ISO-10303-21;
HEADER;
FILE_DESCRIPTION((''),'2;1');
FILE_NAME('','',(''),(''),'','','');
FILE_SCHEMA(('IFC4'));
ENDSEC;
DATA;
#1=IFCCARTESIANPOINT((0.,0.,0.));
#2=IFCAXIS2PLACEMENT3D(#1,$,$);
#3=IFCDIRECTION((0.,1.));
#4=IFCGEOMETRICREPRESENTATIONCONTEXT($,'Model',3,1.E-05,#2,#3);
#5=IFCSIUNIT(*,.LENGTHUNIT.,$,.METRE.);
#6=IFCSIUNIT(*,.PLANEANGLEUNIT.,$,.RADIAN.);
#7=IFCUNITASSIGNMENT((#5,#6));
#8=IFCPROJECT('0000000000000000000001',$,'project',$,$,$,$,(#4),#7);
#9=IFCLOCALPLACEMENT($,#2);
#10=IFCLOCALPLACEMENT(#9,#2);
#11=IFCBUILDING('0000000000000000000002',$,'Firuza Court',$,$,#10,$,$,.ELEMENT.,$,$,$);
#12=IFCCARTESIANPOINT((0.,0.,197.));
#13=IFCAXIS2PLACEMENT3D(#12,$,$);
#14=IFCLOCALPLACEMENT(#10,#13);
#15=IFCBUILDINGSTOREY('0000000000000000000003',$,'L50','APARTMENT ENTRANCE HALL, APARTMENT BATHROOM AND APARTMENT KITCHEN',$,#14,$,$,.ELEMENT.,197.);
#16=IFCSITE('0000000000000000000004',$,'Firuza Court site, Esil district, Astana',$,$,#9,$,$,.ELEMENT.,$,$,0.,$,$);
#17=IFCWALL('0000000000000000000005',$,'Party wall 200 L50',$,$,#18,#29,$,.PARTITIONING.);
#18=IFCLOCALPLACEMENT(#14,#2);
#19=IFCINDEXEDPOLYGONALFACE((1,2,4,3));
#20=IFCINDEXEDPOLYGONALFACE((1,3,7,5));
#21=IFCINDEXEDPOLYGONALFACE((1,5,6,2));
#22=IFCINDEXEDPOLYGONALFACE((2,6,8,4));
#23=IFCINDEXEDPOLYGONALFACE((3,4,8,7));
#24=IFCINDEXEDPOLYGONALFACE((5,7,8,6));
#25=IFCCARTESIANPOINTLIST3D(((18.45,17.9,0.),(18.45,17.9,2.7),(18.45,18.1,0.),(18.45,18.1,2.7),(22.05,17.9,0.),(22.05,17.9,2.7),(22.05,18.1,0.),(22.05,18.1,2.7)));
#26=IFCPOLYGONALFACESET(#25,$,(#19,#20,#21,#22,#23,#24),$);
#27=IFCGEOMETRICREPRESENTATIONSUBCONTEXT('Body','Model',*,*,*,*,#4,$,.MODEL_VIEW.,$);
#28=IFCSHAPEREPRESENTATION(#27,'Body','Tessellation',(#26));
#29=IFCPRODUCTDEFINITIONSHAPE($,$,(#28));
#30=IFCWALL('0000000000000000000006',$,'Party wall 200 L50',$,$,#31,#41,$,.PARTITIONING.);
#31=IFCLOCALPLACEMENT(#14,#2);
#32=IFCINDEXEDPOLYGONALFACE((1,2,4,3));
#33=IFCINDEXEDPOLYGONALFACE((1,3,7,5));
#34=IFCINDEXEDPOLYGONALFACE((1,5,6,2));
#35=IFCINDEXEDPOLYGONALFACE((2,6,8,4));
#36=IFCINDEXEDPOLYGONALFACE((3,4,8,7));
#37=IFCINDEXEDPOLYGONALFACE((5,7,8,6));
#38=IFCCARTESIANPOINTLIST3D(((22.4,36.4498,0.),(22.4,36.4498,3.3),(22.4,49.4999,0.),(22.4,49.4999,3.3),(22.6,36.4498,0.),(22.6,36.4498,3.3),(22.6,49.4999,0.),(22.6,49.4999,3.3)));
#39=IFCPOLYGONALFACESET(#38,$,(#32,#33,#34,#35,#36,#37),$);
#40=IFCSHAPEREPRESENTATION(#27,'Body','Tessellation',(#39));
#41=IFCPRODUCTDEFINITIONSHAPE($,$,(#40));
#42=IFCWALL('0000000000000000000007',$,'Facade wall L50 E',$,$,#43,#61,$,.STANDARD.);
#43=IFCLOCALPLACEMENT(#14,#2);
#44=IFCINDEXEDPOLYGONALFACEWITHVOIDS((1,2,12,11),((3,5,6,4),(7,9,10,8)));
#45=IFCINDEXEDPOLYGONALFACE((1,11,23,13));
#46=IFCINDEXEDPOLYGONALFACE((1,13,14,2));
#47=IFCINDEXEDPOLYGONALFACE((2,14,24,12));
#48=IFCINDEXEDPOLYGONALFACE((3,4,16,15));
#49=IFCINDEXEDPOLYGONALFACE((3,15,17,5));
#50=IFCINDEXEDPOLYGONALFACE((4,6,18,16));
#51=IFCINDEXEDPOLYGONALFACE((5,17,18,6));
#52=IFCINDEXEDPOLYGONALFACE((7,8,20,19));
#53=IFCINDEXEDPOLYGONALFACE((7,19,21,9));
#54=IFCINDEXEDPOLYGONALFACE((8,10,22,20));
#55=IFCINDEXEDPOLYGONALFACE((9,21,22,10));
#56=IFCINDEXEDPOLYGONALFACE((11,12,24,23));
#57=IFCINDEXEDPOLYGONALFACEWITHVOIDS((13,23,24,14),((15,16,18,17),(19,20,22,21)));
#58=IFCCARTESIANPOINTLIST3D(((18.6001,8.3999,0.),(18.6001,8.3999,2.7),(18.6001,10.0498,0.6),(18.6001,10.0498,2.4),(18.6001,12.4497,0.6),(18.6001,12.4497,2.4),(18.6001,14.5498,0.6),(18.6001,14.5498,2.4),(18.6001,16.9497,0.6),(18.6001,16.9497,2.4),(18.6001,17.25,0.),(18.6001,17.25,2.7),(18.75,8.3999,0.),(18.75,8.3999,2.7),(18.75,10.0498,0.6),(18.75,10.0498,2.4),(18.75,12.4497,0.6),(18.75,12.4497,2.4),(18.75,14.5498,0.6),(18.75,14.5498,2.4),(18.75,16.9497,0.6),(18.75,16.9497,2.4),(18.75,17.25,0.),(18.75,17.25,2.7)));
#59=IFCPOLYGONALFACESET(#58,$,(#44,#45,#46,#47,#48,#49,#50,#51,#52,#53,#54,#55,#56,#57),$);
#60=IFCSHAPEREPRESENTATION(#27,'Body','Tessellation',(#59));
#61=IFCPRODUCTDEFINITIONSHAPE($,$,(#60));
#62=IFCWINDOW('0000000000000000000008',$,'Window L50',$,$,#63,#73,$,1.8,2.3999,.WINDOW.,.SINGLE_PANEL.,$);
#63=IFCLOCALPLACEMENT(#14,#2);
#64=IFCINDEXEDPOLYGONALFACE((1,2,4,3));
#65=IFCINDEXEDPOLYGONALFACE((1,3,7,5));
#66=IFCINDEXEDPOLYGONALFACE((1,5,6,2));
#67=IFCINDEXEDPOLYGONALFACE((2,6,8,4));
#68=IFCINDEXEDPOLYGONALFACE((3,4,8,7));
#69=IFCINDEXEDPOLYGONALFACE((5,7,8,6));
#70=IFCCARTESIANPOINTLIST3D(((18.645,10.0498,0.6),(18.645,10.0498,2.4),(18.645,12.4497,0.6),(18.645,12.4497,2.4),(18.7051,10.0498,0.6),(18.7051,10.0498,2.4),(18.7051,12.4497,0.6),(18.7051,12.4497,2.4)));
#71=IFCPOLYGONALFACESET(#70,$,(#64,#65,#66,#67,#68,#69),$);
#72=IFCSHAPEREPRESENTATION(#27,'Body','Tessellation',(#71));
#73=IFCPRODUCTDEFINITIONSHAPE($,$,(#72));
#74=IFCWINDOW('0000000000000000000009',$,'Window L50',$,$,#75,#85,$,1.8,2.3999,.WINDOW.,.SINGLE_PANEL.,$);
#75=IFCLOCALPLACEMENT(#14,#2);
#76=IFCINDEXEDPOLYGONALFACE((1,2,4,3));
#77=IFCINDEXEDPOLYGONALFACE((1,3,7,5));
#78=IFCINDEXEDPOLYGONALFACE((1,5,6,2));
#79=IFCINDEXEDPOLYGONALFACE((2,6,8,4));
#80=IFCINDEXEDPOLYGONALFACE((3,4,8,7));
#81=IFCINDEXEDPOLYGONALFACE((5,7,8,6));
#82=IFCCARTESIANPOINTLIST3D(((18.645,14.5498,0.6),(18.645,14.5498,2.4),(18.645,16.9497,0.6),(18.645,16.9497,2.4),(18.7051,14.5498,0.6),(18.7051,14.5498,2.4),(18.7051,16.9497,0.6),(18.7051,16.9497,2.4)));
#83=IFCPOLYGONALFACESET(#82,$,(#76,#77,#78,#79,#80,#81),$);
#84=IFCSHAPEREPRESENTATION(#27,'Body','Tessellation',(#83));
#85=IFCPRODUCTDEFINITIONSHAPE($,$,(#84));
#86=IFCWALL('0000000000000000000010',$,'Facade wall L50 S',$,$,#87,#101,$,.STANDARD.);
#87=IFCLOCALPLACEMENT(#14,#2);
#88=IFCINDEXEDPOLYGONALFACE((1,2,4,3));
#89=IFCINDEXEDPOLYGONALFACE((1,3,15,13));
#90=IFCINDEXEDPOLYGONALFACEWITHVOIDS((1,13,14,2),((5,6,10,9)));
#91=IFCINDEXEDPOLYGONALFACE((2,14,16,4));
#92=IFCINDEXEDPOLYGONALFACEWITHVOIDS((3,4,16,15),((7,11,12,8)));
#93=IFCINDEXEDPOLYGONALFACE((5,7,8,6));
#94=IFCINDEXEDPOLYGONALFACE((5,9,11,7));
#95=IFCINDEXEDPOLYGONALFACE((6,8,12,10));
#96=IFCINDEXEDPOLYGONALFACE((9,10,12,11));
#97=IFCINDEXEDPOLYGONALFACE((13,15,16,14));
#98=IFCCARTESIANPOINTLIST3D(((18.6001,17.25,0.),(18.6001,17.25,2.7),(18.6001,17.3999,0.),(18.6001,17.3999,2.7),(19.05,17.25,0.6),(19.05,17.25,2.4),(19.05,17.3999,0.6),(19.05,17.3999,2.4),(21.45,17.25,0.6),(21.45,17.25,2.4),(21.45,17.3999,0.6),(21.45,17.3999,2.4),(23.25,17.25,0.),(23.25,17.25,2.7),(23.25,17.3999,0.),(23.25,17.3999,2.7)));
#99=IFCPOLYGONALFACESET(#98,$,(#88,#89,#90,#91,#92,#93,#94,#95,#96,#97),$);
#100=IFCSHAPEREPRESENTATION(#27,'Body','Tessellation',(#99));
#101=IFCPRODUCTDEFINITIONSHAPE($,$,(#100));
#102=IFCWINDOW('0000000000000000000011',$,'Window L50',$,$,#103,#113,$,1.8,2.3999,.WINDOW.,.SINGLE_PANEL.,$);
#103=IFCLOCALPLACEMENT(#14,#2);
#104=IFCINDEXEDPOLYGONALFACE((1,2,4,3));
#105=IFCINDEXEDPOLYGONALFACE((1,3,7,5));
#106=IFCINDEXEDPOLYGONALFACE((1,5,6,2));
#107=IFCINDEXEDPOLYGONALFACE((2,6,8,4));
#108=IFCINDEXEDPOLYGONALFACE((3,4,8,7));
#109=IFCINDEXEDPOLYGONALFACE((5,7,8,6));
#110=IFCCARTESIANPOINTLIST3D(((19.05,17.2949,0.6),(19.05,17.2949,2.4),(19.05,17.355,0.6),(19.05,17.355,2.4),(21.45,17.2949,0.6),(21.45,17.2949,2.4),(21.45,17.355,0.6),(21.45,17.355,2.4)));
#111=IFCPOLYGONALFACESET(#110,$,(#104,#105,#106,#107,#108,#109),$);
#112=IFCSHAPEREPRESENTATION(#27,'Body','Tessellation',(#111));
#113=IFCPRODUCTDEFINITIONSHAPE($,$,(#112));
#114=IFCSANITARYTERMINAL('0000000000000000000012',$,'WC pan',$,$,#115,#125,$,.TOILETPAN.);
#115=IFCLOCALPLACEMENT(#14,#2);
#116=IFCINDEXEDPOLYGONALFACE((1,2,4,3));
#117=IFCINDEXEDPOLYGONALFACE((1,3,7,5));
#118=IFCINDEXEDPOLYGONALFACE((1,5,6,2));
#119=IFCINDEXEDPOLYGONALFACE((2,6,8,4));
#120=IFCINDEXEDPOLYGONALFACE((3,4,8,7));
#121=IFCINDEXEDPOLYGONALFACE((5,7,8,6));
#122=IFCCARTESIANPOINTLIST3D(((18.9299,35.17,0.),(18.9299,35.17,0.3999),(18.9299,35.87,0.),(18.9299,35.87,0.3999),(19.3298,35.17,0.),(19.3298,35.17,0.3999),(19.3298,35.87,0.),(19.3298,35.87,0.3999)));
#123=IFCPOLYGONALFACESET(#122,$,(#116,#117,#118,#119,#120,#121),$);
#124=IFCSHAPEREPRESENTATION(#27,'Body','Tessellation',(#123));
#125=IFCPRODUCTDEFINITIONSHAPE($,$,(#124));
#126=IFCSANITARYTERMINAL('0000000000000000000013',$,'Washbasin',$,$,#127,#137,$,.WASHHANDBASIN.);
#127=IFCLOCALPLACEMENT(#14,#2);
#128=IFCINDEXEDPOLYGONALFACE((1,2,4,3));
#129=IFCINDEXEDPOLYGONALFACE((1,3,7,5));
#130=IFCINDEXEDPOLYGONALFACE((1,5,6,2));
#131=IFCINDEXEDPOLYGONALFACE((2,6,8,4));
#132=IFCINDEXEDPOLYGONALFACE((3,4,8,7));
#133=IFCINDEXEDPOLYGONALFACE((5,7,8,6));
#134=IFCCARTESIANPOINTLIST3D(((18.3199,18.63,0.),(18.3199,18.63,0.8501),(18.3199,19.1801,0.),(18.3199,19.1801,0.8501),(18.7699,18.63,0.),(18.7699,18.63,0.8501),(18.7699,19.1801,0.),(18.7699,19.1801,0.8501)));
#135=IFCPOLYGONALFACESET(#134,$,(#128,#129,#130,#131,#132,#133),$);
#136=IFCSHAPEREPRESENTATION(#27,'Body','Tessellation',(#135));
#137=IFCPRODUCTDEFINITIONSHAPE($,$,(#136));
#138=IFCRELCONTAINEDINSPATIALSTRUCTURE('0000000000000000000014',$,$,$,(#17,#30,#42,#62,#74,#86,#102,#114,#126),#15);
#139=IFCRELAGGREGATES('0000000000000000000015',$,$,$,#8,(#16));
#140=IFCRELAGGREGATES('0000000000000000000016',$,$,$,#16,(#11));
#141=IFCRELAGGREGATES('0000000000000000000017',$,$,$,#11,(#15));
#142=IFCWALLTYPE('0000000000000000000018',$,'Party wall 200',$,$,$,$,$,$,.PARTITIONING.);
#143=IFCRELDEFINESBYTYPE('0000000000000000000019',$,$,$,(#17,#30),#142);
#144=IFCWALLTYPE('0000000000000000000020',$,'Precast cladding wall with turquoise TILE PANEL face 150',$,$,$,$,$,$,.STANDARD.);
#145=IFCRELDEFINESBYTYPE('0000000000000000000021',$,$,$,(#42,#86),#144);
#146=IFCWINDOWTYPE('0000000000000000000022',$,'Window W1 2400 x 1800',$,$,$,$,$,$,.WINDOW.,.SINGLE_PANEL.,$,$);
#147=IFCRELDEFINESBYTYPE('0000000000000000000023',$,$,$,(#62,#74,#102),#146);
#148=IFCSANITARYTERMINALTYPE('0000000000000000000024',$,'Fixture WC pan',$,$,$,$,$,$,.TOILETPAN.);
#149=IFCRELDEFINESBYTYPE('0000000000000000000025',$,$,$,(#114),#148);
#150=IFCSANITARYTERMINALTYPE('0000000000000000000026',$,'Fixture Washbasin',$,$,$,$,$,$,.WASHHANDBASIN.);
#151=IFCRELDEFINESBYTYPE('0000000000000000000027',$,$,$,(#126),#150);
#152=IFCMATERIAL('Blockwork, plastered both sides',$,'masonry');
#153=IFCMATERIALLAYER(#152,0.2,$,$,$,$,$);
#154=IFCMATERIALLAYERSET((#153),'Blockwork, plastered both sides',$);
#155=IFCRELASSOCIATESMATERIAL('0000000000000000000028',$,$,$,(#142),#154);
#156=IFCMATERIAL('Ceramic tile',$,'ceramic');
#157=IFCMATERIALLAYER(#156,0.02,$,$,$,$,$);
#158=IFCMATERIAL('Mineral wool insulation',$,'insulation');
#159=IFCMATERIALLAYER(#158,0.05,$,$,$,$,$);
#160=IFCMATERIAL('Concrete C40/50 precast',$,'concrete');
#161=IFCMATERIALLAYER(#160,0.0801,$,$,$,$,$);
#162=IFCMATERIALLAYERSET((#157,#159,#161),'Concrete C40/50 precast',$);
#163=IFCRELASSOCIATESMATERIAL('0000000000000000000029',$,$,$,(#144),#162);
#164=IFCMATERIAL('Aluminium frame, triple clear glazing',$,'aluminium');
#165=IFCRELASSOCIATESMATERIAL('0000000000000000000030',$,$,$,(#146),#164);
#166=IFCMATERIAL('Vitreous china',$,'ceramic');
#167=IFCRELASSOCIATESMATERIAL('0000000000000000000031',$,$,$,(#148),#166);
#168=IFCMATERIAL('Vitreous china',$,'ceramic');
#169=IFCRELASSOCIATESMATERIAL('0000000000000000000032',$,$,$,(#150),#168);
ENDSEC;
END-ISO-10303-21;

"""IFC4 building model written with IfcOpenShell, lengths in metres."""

from ifc_helpers import new_model, si_unit, direction, frame, frame_2d, origin, origin_2d, place, context, subcontext, project, spatial, rectangle, extrude, material, layer, layer_set, type_object, element, fill, save


model = new_model("IFC4")

# Units and contexts
model_context = context("Model", 3, precision=1e-05, world=origin(), true_north=direction((0.0, 1.0)))
body_context = subcontext(model_context, "Body", "Model", "MODEL_VIEW")
ifc_project = project(units=[si_unit("LENGTHUNIT", "METRE"), si_unit("PLANEANGLEUNIT", "RADIAN")], contexts=[model_context])

# Site, building, storey
site_placement = place(None, origin())
site = spatial("IfcSite", under=ifc_project, at=site_placement, Name="Firuza Court site, Esil district, Astana", CompositionType="ELEMENT", RefElevation=0.0)
building_placement = place(site_placement, origin())
building = spatial("IfcBuilding", under=site, at=building_placement, Name="Firuza Court", CompositionType="ELEMENT")
storey_placement = place(building_placement, frame((0.0, 0.0, 197.0)))
storey = spatial("IfcBuildingStorey", under=building, at=storey_placement, Name="L50", Description="APARTMENT ENTRANCE HALL, APARTMENT BATHROOM AND APARTMENT KITCHEN", CompositionType="ELEMENT", Elevation=197.0)

# Walls
ifc_material_1 = material(Name="Blockwork, plastered both sides", Category="masonry")
ifc_layer_1 = layer(ifc_material_1, 0.2)
ifc_layer_set_1 = layer_set([ifc_layer_1], Name="Blockwork, plastered both sides")
wall_type_1 = type_object("IfcWallType", Name="Party wall 200", PredefinedType="PARTITIONING", material=ifc_layer_set_1)
wall_1_placement = place(storey_placement, frame((18.45, 18.0, 0.0), z_axis=(0.0, 0.0, 1.0), x_axis=(1.0, 0.0, 0.0)))
element("IfcWall", 1, at=wall_1_placement, inside=storey, type_object=wall_type_1, Name="Party wall 200 L50", PredefinedType="PARTITIONING", context=body_context, shape_type="SweptSolid", body=[
    extrude(rectangle(XDim=3.6001, YDim=0.2, at=frame_2d((1.8, 0.0))), origin(), (0.0, 0.0, 1.0), 2.7),
])
wall_2_placement = place(storey_placement, frame((22.5, 36.45, 0.0), z_axis=(0.0, 0.0, 1.0), x_axis=(0.0, 1.0, 0.0)))
element("IfcWall", 2, at=wall_2_placement, inside=storey, type_object=wall_type_1, Name="Party wall 200 L50", PredefinedType="PARTITIONING", context=body_context, shape_type="SweptSolid", body=[
    extrude(rectangle(XDim=13.05, YDim=0.2, at=frame_2d((6.5249, 0.0))), origin(), (0.0, 0.0, 1.0), 3.3),
])

# Wall, openings, windows
ifc_material_2 = material(Name="Ceramic tile", Category="ceramic")
ifc_layer_2 = layer(ifc_material_2, 0.02)
ifc_material_3 = material(Name="Mineral wool insulation", Category="insulation")
ifc_layer_3 = layer(ifc_material_3, 0.05)
ifc_material_4 = material(Name="Concrete C40/50 precast", Category="concrete")
ifc_layer_4 = layer(ifc_material_4, 0.0801)
ifc_layer_set_2 = layer_set([ifc_layer_2, ifc_layer_3, ifc_layer_4], Name="Concrete C40/50 precast")
wall_type_2 = type_object("IfcWallType", Name="Precast cladding wall with turquoise TILE PANEL face 150", PredefinedType="STANDARD", material=ifc_layer_set_2)
wall_3_placement = place(storey_placement, frame((18.675, 8.3999, 0.0), z_axis=(0.0, 0.0, 1.0), x_axis=(0.0, 1.0, 0.0)))
wall_3 = element("IfcWall", 3, at=wall_3_placement, inside=storey, type_object=wall_type_2, Name="Facade wall L50 E", PredefinedType="STANDARD", context=body_context, shape_type="SweptSolid", body=[
    extrude(rectangle(XDim=8.8501, YDim=0.1499, at=frame_2d((4.425, 0.0))), origin(), (0.0, 0.0, 1.0), 2.7),
])
opening_1_placement = place(wall_3_placement, frame((1.6499, 0.0, 0.6001)))
opening_1 = element("IfcOpeningElement", 4, at=opening_1_placement, cuts=wall_3, PredefinedType="OPENING", context=body_context, shape_type="SweptSolid", body=[
    extrude(rectangle(XDim=2.3999, YDim=1.8, at=frame_2d((1.2, 0.8999))), frame((0.0, 0.0869, 0.0), z_axis=(0.0, -1.0, 0.0), x_axis=(1.0, 0.0, 0.0)), (0.0, 0.0, 1.0), 0.1738),
])
opening_2_placement = place(wall_3_placement, frame((6.1499, 0.0, 0.6001)))
opening_2 = element("IfcOpeningElement", 5, at=opening_2_placement, cuts=wall_3, PredefinedType="OPENING", context=body_context, shape_type="SweptSolid", body=[
    extrude(rectangle(XDim=2.3999, YDim=1.8, at=frame_2d((1.2, 0.8999))), frame((0.0, 0.0869, 0.0), z_axis=(0.0, -1.0, 0.0), x_axis=(1.0, 0.0, 0.0)), (0.0, 0.0, 1.0), 0.1738),
])
ifc_material_5 = material(Name="Aluminium frame, triple clear glazing", Category="aluminium")
window_type = type_object("IfcWindowType", Name="Window W1 2400 x 1800", PartitioningType="SINGLE_PANEL", PredefinedType="WINDOW", material=ifc_material_5)
window_1_placement = place(opening_1_placement, origin())
window_1 = element("IfcWindow", 6, at=window_1_placement, inside=storey, type_object=window_type, Name="Window L50", OverallHeight=1.8, OverallWidth=2.3999, PartitioningType="SINGLE_PANEL", PredefinedType="WINDOW", context=body_context, shape_type="SweptSolid", body=[
    extrude(rectangle(XDim=2.3999, YDim=1.8, at=frame_2d((1.2, 0.8999))), frame((0.0, 0.03, 0.0), z_axis=(0.0, -1.0, 0.0), x_axis=(1.0, 0.0, 0.0)), (0.0, 0.0, 1.0), 0.0601),
])
fill(opening_1, window_1)
window_2_placement = place(opening_2_placement, origin())
window_2 = element("IfcWindow", 7, at=window_2_placement, inside=storey, type_object=window_type, Name="Window L50", OverallHeight=1.8, OverallWidth=2.3999, PartitioningType="SINGLE_PANEL", PredefinedType="WINDOW", context=body_context, shape_type="SweptSolid", body=[
    extrude(rectangle(XDim=2.3999, YDim=1.8, at=frame_2d((1.2, 0.8999))), frame((0.0, 0.03, 0.0), z_axis=(0.0, -1.0, 0.0), x_axis=(1.0, 0.0, 0.0)), (0.0, 0.0, 1.0), 0.0601),
])
fill(opening_2, window_2)

# Wall, opening, window
wall_4_placement = place(storey_placement, frame((18.6001, 17.325, 0.0), z_axis=(0.0, 0.0, 1.0), x_axis=(1.0, 0.0, 0.0)))
wall_4 = element("IfcWall", 8, at=wall_4_placement, inside=storey, type_object=wall_type_2, Name="Facade wall L50 S", PredefinedType="STANDARD", context=body_context, shape_type="SweptSolid", body=[
    extrude(rectangle(XDim=4.6499, YDim=0.1499, at=frame_2d((2.325, 0.0))), origin(), (0.0, 0.0, 1.0), 2.7),
])
opening_3_placement = place(wall_4_placement, frame((0.45, 0.0, 0.6001)))
opening_3 = element("IfcOpeningElement", 9, at=opening_3_placement, cuts=wall_4, PredefinedType="OPENING", context=body_context, shape_type="SweptSolid", body=[
    extrude(rectangle(XDim=2.3999, YDim=1.8, at=frame_2d((1.2, 0.8999))), frame((0.0, 0.0869, 0.0), z_axis=(0.0, -1.0, 0.0), x_axis=(1.0, 0.0, 0.0)), (0.0, 0.0, 1.0), 0.1738),
])
window_3_placement = place(opening_3_placement, origin())
window_3 = element("IfcWindow", 10, at=window_3_placement, inside=storey, type_object=window_type, Name="Window L50", OverallHeight=1.8, OverallWidth=2.3999, PartitioningType="SINGLE_PANEL", PredefinedType="WINDOW", context=body_context, shape_type="SweptSolid", body=[
    extrude(rectangle(XDim=2.3999, YDim=1.8, at=frame_2d((1.2, 0.8999))), frame((0.0, 0.03, 0.0), z_axis=(0.0, -1.0, 0.0), x_axis=(1.0, 0.0, 0.0)), (0.0, 0.0, 1.0), 0.0601),
])
fill(opening_3, window_3)

# Sanitary terminals
ifc_material_6 = material(Name="Vitreous china", Category="ceramic")
sanitary_terminal_type_1 = type_object("IfcSanitaryTerminalType", Name="Fixture WC pan", PredefinedType="TOILETPAN", material=ifc_material_6)
sanitary_terminal_1_placement = place(storey_placement, frame((19.1299, 35.52, 0.0), z_axis=(0.0, 0.0, 1.0), x_axis=(1.0, 0.0, 0.0)))
element("IfcSanitaryTerminal", 11, at=sanitary_terminal_1_placement, inside=storey, type_object=sanitary_terminal_type_1, Name="WC pan", PredefinedType="TOILETPAN", context=body_context, shape_type="SweptSolid", body=[
    extrude(rectangle(XDim=0.3999, YDim=0.7, at=origin_2d()), origin(), (0.0, 0.0, 1.0), 0.3999),
])
ifc_material_7 = material(Name="Vitreous china", Category="ceramic")
sanitary_terminal_type_2 = type_object("IfcSanitaryTerminalType", Name="Fixture Washbasin", PredefinedType="WASHHANDBASIN", material=ifc_material_7)
sanitary_terminal_2_placement = place(storey_placement, frame((18.5449, 18.905, 0.0), z_axis=(0.0, 0.0, 1.0), x_axis=(1.0, 0.0, 0.0)))
element("IfcSanitaryTerminal", 12, at=sanitary_terminal_2_placement, inside=storey, type_object=sanitary_terminal_type_2, Name="Washbasin", PredefinedType="WASHHANDBASIN", context=body_context, shape_type="SweptSolid", body=[
    extrude(rectangle(XDim=0.45, YDim=0.55, at=origin_2d()), origin(), (0.0, 0.0, 1.0), 0.8501),
])

save(model, "model.ifc")
